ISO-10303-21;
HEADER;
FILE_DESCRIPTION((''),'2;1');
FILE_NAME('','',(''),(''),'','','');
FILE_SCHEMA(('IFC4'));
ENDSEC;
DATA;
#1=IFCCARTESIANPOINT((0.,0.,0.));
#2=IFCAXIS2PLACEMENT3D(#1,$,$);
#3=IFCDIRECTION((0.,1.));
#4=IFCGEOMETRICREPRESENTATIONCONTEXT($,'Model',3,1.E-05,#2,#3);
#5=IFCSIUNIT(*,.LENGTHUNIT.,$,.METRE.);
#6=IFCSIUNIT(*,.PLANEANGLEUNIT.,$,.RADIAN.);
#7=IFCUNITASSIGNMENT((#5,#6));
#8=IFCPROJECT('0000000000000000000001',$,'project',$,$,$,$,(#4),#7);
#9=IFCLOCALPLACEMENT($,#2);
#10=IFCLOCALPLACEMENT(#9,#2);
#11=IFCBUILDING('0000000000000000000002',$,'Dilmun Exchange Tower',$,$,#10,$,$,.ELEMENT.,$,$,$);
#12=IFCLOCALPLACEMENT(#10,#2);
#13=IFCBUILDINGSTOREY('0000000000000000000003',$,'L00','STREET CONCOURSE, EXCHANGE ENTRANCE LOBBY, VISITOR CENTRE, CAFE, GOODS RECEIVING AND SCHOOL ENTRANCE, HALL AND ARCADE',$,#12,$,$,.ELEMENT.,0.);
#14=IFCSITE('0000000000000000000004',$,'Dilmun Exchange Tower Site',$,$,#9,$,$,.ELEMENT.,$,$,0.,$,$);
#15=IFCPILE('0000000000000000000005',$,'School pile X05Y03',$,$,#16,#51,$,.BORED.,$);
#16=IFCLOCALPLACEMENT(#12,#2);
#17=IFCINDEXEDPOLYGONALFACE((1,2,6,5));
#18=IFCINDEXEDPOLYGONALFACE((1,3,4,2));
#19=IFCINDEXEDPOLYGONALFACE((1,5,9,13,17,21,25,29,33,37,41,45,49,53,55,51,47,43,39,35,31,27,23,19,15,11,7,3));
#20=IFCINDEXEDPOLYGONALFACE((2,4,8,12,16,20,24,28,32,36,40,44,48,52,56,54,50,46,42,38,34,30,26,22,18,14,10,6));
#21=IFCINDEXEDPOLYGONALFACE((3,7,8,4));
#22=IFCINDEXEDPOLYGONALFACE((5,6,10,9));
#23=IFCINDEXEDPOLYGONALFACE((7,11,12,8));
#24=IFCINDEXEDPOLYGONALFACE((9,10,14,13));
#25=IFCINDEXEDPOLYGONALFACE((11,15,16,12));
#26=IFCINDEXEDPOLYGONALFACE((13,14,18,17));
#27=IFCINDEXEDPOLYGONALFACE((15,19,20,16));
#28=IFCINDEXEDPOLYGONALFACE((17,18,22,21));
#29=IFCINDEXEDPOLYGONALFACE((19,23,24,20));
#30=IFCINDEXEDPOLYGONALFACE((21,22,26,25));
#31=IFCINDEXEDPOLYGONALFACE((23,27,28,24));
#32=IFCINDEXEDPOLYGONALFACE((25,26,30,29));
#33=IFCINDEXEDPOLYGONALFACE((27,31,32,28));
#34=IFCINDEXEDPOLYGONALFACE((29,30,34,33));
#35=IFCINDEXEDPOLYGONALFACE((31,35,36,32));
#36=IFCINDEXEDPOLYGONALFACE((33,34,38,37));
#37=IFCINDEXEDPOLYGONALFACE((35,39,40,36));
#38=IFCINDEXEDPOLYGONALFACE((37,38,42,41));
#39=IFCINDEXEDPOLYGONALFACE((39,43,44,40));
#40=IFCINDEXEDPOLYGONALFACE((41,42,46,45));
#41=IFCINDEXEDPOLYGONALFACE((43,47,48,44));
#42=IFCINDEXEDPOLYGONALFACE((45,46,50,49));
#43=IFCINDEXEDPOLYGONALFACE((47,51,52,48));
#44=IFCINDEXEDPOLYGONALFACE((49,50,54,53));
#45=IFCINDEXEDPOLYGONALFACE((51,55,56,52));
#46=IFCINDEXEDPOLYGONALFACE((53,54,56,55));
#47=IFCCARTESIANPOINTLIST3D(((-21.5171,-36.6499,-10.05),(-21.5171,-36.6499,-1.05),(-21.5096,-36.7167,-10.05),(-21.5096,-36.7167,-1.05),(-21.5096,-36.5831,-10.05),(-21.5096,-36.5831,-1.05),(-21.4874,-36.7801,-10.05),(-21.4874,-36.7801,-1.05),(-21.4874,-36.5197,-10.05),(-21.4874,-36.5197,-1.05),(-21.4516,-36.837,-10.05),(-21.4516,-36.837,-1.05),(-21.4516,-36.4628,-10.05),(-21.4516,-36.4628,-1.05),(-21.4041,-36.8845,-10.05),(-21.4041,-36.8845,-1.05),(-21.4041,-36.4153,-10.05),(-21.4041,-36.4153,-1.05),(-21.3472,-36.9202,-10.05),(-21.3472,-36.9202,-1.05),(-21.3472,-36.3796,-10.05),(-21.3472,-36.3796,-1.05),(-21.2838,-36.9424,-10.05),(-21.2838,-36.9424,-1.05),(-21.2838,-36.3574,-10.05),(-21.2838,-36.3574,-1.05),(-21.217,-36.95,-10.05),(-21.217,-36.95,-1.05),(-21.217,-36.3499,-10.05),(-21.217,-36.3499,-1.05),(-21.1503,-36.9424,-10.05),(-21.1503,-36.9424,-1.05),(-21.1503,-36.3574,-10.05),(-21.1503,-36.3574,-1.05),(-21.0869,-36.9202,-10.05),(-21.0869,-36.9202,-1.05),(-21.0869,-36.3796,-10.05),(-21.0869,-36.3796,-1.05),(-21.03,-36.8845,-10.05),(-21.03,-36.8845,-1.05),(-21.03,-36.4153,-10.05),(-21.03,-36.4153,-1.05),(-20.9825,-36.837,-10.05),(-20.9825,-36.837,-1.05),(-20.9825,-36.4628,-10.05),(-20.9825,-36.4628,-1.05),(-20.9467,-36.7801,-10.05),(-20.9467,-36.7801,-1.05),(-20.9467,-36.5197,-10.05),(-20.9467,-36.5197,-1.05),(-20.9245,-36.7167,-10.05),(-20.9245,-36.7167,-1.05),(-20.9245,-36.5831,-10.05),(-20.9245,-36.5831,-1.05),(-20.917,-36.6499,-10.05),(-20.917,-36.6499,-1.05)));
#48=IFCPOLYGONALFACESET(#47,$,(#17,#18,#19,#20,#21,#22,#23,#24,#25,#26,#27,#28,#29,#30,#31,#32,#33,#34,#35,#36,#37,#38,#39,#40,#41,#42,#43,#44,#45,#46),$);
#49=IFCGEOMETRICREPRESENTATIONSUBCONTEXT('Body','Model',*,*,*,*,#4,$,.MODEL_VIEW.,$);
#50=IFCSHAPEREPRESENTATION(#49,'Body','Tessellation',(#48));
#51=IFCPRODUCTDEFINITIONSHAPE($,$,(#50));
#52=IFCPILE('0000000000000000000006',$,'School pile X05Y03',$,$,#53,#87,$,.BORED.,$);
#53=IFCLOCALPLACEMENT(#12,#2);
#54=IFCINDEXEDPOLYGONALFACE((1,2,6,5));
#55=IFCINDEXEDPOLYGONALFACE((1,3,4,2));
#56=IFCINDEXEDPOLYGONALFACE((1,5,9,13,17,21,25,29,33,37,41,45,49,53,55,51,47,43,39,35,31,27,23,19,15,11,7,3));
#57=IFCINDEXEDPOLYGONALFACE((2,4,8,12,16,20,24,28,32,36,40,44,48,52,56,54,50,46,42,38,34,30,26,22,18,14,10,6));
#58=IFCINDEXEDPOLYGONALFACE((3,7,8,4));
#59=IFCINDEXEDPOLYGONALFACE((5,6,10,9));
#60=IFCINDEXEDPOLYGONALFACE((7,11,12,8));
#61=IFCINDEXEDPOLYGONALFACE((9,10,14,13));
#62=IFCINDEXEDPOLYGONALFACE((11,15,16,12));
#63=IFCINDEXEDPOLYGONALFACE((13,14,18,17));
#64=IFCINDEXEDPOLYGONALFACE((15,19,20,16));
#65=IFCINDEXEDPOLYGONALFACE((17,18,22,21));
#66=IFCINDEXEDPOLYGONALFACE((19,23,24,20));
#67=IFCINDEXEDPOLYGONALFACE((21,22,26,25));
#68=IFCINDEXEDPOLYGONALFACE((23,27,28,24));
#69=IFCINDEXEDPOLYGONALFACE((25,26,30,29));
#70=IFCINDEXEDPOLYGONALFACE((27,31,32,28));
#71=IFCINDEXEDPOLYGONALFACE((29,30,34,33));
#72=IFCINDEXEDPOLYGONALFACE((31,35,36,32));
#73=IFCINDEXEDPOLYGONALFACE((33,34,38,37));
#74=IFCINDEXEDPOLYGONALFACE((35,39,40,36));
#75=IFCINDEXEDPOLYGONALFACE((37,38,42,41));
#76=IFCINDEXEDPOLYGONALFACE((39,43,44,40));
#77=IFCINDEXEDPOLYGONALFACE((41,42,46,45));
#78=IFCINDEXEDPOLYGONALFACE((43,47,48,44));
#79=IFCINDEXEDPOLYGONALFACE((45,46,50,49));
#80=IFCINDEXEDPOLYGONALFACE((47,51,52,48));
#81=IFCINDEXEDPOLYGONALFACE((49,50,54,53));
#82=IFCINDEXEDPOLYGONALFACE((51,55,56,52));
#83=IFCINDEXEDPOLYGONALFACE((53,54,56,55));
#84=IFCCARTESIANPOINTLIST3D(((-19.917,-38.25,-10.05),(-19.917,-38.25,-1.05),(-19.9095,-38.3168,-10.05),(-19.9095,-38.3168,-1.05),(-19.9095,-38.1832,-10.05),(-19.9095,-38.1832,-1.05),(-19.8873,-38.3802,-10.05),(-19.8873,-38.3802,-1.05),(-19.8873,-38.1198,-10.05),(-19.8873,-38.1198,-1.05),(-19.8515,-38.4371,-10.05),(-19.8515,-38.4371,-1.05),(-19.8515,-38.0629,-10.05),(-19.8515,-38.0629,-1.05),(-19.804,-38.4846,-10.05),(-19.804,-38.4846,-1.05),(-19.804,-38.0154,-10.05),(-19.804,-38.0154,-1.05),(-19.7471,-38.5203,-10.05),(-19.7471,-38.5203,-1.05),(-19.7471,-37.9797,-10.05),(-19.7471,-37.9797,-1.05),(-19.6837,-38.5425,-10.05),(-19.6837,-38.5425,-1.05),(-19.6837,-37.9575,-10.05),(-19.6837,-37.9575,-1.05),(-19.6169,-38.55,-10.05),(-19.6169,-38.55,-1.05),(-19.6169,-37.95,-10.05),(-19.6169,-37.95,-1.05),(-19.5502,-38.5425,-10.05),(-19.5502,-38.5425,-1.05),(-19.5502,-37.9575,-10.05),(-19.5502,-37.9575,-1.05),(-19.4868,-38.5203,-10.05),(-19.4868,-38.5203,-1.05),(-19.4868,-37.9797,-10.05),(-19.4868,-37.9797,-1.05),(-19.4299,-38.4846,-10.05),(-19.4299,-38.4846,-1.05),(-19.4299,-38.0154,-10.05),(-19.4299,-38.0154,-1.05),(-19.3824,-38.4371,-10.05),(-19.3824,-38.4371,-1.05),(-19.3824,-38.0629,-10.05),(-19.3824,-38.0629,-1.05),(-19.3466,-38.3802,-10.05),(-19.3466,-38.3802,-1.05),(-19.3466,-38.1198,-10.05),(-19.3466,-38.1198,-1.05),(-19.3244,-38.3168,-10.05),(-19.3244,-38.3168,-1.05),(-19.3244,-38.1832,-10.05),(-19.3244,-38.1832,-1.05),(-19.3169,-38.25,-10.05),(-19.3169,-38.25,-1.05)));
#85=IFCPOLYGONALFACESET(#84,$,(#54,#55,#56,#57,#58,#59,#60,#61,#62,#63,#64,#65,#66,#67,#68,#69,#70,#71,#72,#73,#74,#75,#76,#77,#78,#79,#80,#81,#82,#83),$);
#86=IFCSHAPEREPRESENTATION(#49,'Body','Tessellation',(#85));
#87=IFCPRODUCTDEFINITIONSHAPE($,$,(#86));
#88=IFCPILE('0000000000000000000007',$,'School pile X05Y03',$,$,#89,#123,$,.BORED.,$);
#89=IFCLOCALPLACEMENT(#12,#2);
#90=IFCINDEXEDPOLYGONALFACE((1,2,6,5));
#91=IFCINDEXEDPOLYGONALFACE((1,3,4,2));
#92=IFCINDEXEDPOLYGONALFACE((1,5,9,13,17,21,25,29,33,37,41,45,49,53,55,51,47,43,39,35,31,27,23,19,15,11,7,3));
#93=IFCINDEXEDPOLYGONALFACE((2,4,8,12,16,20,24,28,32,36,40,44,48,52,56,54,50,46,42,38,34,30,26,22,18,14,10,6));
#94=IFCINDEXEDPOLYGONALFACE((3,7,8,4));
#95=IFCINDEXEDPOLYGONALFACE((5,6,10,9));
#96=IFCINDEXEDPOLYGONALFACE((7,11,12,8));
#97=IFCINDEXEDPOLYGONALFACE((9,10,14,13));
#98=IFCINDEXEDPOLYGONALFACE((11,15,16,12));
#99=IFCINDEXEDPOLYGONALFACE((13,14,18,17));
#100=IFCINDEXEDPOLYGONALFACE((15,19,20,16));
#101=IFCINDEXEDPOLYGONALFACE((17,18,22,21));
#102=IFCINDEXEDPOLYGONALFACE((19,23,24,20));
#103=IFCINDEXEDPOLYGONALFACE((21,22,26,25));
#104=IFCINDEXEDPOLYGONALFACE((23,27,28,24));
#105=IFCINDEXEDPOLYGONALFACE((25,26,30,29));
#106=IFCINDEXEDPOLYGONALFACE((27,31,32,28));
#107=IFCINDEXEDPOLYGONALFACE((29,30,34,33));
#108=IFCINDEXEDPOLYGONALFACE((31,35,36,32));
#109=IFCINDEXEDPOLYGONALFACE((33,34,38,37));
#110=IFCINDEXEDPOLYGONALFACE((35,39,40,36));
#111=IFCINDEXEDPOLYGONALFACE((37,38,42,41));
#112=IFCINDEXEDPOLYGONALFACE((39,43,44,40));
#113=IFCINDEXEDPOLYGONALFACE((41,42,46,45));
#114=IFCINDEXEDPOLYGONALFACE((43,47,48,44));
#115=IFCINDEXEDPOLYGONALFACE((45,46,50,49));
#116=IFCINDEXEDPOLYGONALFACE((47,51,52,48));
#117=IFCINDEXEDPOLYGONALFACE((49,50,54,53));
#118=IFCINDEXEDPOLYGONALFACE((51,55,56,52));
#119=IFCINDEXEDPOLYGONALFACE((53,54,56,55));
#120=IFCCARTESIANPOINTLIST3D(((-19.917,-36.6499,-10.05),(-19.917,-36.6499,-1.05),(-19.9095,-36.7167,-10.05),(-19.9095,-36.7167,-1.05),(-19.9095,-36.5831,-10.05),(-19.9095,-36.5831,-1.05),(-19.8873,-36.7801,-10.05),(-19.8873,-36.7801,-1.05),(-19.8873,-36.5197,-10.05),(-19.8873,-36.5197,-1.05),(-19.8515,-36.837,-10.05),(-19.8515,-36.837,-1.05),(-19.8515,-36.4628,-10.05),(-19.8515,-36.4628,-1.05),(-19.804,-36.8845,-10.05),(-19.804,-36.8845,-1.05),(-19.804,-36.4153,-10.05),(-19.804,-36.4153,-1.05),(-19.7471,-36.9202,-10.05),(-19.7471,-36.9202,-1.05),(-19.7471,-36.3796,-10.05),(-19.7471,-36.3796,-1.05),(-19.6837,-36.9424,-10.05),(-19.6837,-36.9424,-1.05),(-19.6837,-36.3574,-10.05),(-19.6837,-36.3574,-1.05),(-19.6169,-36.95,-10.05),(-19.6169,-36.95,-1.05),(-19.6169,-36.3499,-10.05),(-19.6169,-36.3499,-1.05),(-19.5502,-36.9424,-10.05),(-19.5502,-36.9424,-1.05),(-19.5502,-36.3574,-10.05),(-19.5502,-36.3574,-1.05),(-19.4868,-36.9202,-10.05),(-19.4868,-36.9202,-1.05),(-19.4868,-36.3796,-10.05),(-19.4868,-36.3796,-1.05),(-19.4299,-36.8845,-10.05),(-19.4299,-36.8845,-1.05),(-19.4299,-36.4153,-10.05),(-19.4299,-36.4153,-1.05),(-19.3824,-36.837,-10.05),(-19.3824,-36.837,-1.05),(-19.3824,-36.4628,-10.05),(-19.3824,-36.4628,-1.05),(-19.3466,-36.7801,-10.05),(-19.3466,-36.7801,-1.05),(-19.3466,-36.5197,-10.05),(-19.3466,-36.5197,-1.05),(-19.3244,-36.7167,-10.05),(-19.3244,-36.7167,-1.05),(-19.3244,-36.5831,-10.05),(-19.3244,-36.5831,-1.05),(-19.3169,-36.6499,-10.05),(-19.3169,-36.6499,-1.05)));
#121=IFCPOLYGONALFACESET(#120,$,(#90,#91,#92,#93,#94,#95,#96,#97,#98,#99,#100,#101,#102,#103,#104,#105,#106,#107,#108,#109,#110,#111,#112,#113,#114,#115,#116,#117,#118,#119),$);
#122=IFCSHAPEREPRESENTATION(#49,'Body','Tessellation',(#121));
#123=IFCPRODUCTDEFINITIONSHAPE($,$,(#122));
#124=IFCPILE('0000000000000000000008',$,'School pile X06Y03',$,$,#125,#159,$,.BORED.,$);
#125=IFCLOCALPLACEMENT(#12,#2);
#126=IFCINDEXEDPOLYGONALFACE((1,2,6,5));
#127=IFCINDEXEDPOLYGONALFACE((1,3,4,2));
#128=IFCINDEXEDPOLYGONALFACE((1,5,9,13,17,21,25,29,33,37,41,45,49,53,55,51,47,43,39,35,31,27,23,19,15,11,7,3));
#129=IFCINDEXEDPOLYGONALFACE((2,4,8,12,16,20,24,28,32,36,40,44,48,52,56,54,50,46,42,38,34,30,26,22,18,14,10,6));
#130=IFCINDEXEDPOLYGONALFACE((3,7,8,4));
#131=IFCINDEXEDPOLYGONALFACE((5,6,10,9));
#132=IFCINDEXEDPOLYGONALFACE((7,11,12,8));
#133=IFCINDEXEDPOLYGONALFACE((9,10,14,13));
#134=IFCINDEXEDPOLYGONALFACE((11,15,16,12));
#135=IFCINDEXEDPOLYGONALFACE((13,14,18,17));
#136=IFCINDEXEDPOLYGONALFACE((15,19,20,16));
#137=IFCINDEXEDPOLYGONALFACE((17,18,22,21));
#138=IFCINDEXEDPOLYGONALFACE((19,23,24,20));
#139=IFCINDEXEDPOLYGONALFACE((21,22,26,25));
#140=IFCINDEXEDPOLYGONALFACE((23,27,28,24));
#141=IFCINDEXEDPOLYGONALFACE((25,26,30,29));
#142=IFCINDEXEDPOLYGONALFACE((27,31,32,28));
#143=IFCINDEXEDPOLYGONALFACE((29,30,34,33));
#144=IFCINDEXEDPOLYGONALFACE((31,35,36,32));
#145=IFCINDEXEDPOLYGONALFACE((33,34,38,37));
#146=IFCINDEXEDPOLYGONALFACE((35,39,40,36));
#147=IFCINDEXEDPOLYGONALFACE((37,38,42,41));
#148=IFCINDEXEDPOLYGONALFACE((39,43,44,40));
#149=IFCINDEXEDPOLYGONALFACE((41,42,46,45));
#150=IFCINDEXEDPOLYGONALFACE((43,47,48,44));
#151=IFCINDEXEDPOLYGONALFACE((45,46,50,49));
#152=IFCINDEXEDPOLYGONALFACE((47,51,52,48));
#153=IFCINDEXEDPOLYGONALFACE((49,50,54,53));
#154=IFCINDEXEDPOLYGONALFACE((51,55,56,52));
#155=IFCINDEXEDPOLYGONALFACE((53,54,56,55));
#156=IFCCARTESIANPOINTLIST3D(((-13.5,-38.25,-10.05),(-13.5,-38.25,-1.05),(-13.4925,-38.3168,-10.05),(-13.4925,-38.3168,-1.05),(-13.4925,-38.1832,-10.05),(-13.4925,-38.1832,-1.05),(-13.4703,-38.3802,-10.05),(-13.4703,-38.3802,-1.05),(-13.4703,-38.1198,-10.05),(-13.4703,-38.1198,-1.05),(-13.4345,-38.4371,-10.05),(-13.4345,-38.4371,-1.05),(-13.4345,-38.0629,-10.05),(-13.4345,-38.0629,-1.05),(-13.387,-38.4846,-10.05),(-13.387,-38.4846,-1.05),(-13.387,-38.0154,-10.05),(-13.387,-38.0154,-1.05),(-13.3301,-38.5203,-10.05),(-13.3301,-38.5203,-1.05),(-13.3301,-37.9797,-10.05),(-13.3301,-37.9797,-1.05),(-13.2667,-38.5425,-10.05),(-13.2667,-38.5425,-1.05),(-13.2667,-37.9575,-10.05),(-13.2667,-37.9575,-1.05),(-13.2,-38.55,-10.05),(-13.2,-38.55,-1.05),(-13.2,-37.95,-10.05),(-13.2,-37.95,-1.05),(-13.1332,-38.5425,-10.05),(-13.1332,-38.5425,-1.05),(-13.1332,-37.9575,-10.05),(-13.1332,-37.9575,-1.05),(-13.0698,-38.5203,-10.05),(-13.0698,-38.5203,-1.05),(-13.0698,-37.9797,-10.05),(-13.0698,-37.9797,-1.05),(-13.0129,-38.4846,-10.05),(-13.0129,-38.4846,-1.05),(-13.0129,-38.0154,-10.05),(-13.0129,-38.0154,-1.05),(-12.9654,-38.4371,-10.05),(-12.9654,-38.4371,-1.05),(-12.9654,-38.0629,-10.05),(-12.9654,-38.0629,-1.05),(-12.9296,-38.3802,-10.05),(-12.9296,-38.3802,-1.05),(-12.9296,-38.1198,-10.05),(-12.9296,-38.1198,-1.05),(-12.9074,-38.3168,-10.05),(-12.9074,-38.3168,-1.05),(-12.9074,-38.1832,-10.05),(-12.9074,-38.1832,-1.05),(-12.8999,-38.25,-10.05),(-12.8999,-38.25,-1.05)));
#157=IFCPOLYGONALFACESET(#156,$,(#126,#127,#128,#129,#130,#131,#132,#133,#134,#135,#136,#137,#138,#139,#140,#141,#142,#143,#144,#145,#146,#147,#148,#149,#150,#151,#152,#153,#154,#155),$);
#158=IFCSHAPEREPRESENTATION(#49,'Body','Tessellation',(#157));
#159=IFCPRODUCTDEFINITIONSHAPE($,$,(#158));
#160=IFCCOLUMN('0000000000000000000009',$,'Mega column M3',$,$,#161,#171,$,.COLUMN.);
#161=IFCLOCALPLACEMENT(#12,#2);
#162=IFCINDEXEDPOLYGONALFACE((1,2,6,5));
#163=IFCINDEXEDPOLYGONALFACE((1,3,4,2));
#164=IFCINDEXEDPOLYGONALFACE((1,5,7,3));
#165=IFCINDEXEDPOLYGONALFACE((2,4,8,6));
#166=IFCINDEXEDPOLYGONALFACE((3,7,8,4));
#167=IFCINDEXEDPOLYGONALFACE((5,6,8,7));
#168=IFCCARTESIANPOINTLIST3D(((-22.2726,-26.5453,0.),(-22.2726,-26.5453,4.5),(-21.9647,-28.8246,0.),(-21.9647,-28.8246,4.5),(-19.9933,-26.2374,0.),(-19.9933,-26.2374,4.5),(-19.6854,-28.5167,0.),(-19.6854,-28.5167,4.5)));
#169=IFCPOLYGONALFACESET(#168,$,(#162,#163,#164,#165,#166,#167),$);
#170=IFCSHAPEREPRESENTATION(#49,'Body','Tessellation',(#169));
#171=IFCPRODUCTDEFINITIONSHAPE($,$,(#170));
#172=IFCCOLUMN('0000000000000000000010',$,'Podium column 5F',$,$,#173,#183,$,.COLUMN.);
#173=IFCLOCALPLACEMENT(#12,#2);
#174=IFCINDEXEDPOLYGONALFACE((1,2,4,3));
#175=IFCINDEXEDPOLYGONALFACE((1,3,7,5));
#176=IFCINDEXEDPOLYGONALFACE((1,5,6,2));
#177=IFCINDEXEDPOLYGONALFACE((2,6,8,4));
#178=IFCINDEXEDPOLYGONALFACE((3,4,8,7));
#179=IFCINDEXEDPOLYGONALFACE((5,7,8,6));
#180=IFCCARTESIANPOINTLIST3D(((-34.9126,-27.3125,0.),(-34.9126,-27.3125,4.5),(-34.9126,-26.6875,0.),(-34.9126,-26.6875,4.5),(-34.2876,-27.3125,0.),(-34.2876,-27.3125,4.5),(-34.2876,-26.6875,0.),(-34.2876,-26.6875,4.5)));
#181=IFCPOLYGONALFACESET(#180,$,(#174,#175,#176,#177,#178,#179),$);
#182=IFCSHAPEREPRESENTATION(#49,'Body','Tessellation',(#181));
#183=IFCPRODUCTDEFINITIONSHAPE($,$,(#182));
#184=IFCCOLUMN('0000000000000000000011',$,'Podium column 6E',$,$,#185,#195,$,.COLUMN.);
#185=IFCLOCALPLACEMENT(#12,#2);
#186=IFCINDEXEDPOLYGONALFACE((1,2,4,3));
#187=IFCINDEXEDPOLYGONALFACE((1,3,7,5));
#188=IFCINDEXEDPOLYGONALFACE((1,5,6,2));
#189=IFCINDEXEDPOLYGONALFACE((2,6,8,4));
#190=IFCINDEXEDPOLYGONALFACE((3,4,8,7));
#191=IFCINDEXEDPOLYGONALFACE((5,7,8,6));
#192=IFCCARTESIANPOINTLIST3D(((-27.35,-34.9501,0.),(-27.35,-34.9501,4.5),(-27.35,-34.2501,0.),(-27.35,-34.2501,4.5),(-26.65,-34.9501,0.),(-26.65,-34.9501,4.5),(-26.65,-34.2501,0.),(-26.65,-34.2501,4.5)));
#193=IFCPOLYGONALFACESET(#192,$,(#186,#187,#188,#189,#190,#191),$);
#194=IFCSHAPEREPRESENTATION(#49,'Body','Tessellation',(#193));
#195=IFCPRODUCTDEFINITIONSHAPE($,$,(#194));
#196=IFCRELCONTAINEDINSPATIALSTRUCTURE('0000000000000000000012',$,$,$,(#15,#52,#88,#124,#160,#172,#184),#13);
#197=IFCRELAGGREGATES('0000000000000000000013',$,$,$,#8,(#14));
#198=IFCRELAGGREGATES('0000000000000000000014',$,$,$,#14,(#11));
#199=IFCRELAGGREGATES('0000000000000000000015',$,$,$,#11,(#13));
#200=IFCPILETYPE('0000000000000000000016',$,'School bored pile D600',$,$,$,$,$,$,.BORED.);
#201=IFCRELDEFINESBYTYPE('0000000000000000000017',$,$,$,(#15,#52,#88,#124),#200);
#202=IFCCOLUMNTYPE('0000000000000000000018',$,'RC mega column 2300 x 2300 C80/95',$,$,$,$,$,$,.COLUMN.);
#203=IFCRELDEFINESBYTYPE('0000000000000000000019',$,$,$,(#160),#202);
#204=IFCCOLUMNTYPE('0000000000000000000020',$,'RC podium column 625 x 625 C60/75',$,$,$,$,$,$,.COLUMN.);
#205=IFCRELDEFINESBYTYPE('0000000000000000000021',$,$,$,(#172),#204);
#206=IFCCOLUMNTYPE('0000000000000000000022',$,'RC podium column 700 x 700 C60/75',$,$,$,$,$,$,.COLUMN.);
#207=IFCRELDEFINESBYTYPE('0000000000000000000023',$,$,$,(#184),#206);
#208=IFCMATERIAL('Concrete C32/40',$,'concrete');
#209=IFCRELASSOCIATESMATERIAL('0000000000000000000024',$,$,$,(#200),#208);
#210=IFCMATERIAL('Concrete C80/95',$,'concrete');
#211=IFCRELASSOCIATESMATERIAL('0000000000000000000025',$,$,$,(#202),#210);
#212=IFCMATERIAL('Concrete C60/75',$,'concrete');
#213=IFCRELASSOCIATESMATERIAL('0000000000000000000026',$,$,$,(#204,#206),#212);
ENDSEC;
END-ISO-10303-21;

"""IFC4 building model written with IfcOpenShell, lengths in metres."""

from ifc_helpers import new_model, si_unit, direction, frame, origin, origin_2d, place, context, subcontext, project, spatial, rectangle, circle, extrude, material, material_profile, profile_set, type_object, element, save


model = new_model("IFC4")

# Units and contexts
model_context = context("Model", 3, precision=1e-05, world=origin(), true_north=direction((0.0, 1.0)))
body_context = subcontext(model_context, "Body", "Model", "MODEL_VIEW")
ifc_project = project(units=[si_unit("LENGTHUNIT", "METRE"), si_unit("PLANEANGLEUNIT", "RADIAN")], contexts=[model_context])

# Site, building, storey
site_placement = place(None, origin())
site = spatial("IfcSite", under=ifc_project, at=site_placement, Name="Dilmun Exchange Tower Site", CompositionType="ELEMENT", RefElevation=0.0)
building_placement = place(site_placement, origin())
building = spatial("IfcBuilding", under=site, at=building_placement, Name="Dilmun Exchange Tower", CompositionType="ELEMENT")
storey_placement = place(building_placement, origin())
storey = spatial("IfcBuildingStorey", under=building, at=storey_placement, Name="L00", Description="STREET CONCOURSE, EXCHANGE ENTRANCE LOBBY, VISITOR CENTRE, CAFE, GOODS RECEIVING AND SCHOOL ENTRANCE, HALL AND ARCADE", CompositionType="ELEMENT", Elevation=0.0)

# Piles
ifc_material_1 = material(Name="Concrete C32/40", Category="concrete")
ifc_material_profile_1 = material_profile(ifc_material_1, circle(Radius=0.3, at=origin_2d()), Name="D600")
ifc_profile_set_1 = profile_set([ifc_material_profile_1], Name="Concrete C32/40")
pile_type = type_object("IfcPileType", Name="School bored pile D600", PredefinedType="BORED", material=ifc_profile_set_1)
for number, where, z_axis, x_axis, name in (
    (1, (-21.217, -36.6499, -1.05), (0.0, 0.0, -1.0), (1.0, 0.0, 0.0), "School pile X05Y03"),
    (2, (-19.6169, -38.25, -1.05), (0.0, 0.0, -1.0), (1.0, 0.0, 0.0), "School pile X05Y03"),
    (3, (-19.6169, -36.6499, -1.05), (0.0, 0.0, -1.0), (1.0, 0.0, 0.0), "School pile X05Y03"),
    (4, (-13.2, -38.25, -1.05), (0.0, 0.0, -1.0), (1.0, 0.0, 0.0), "School pile X06Y03"),
):
    element("IfcPile", number, at=place(storey_placement, frame(where, z_axis=z_axis, x_axis=x_axis)), inside=storey, type_object=pile_type, Name=name, PredefinedType="BORED", context=body_context, shape_type="SweptSolid", body=[
        extrude(circle(Radius=0.3, at=origin_2d()), origin(), (0.0, 0.0, 1.0), 9.0),
    ])

# Columns
ifc_material_2 = material(Name="Concrete C80/95", Category="concrete")
ifc_material_profile_2 = material_profile(ifc_material_2, rectangle(XDim=2.3, YDim=2.3, at=origin_2d()), Name="2300 x 2300")
ifc_profile_set_2 = profile_set([ifc_material_profile_2], Name="Concrete C80/95")
column_type_1 = type_object("IfcColumnType", Name="RC mega column 2300 x 2300 C80/95", PredefinedType="COLUMN", material=ifc_profile_set_2)
column_1_placement = place(storey_placement, frame((-20.979, -27.531, 0.0), z_axis=(0.0, 0.0, 1.0), x_axis=(0.991001, 0.133853, 0.0)))
element("IfcColumn", 5, at=column_1_placement, inside=storey, type_object=column_type_1, Name="Mega column M3", PredefinedType="COLUMN", context=body_context, shape_type="SweptSolid", body=[
    extrude(rectangle(XDim=2.3, YDim=2.3, at=origin_2d()), origin(), (0.0, 0.0, 1.0), 4.5),
])
ifc_material_3 = material(Name="Concrete C60/75", Category="concrete")
ifc_material_profile_3 = material_profile(ifc_material_3, rectangle(XDim=0.625, YDim=0.625, at=origin_2d()), Name="625 x 625")
ifc_profile_set_3 = profile_set([ifc_material_profile_3], Name="Concrete C60/75")
column_type_2 = type_object("IfcColumnType", Name="RC podium column 625 x 625 C60/75", PredefinedType="COLUMN", material=ifc_profile_set_3)
column_2_placement = place(storey_placement, frame((-34.6001, -27.0, 0.0), z_axis=(0.0, 0.0, 1.0), x_axis=(1.0, 0.0, 0.0)))
element("IfcColumn", 6, at=column_2_placement, inside=storey, type_object=column_type_2, Name="Podium column 5F", PredefinedType="COLUMN", context=body_context, shape_type="SweptSolid", body=[
    extrude(rectangle(XDim=0.625, YDim=0.625, at=origin_2d()), origin(), (0.0, 0.0, 1.0), 4.5),
])
ifc_material_profile_4 = material_profile(ifc_material_3, rectangle(XDim=0.7, YDim=0.7, at=origin_2d()), Name="700 x 700")
ifc_profile_set_4 = profile_set([ifc_material_profile_4], Name="Concrete C60/75")
column_type_3 = type_object("IfcColumnType", Name="RC podium column 700 x 700 C60/75", PredefinedType="COLUMN", material=ifc_profile_set_4)
for number, where, z_axis, x_axis, name in (
    (7, (-27.0, -34.6001, 0.0), (0.0, 0.0, 1.0), (1.0, 0.0, 0.0), "Podium column 6E"),
):
    element("IfcColumn", number, at=place(storey_placement, frame(where, z_axis=z_axis, x_axis=x_axis)), inside=storey, type_object=column_type_3, Name=name, PredefinedType="COLUMN", context=body_context, shape_type="SweptSolid", body=[
        extrude(rectangle(XDim=0.7, YDim=0.7, at=origin_2d()), origin(), (0.0, 0.0, 1.0), 4.5),
    ])

save(model, "model.ifc")
